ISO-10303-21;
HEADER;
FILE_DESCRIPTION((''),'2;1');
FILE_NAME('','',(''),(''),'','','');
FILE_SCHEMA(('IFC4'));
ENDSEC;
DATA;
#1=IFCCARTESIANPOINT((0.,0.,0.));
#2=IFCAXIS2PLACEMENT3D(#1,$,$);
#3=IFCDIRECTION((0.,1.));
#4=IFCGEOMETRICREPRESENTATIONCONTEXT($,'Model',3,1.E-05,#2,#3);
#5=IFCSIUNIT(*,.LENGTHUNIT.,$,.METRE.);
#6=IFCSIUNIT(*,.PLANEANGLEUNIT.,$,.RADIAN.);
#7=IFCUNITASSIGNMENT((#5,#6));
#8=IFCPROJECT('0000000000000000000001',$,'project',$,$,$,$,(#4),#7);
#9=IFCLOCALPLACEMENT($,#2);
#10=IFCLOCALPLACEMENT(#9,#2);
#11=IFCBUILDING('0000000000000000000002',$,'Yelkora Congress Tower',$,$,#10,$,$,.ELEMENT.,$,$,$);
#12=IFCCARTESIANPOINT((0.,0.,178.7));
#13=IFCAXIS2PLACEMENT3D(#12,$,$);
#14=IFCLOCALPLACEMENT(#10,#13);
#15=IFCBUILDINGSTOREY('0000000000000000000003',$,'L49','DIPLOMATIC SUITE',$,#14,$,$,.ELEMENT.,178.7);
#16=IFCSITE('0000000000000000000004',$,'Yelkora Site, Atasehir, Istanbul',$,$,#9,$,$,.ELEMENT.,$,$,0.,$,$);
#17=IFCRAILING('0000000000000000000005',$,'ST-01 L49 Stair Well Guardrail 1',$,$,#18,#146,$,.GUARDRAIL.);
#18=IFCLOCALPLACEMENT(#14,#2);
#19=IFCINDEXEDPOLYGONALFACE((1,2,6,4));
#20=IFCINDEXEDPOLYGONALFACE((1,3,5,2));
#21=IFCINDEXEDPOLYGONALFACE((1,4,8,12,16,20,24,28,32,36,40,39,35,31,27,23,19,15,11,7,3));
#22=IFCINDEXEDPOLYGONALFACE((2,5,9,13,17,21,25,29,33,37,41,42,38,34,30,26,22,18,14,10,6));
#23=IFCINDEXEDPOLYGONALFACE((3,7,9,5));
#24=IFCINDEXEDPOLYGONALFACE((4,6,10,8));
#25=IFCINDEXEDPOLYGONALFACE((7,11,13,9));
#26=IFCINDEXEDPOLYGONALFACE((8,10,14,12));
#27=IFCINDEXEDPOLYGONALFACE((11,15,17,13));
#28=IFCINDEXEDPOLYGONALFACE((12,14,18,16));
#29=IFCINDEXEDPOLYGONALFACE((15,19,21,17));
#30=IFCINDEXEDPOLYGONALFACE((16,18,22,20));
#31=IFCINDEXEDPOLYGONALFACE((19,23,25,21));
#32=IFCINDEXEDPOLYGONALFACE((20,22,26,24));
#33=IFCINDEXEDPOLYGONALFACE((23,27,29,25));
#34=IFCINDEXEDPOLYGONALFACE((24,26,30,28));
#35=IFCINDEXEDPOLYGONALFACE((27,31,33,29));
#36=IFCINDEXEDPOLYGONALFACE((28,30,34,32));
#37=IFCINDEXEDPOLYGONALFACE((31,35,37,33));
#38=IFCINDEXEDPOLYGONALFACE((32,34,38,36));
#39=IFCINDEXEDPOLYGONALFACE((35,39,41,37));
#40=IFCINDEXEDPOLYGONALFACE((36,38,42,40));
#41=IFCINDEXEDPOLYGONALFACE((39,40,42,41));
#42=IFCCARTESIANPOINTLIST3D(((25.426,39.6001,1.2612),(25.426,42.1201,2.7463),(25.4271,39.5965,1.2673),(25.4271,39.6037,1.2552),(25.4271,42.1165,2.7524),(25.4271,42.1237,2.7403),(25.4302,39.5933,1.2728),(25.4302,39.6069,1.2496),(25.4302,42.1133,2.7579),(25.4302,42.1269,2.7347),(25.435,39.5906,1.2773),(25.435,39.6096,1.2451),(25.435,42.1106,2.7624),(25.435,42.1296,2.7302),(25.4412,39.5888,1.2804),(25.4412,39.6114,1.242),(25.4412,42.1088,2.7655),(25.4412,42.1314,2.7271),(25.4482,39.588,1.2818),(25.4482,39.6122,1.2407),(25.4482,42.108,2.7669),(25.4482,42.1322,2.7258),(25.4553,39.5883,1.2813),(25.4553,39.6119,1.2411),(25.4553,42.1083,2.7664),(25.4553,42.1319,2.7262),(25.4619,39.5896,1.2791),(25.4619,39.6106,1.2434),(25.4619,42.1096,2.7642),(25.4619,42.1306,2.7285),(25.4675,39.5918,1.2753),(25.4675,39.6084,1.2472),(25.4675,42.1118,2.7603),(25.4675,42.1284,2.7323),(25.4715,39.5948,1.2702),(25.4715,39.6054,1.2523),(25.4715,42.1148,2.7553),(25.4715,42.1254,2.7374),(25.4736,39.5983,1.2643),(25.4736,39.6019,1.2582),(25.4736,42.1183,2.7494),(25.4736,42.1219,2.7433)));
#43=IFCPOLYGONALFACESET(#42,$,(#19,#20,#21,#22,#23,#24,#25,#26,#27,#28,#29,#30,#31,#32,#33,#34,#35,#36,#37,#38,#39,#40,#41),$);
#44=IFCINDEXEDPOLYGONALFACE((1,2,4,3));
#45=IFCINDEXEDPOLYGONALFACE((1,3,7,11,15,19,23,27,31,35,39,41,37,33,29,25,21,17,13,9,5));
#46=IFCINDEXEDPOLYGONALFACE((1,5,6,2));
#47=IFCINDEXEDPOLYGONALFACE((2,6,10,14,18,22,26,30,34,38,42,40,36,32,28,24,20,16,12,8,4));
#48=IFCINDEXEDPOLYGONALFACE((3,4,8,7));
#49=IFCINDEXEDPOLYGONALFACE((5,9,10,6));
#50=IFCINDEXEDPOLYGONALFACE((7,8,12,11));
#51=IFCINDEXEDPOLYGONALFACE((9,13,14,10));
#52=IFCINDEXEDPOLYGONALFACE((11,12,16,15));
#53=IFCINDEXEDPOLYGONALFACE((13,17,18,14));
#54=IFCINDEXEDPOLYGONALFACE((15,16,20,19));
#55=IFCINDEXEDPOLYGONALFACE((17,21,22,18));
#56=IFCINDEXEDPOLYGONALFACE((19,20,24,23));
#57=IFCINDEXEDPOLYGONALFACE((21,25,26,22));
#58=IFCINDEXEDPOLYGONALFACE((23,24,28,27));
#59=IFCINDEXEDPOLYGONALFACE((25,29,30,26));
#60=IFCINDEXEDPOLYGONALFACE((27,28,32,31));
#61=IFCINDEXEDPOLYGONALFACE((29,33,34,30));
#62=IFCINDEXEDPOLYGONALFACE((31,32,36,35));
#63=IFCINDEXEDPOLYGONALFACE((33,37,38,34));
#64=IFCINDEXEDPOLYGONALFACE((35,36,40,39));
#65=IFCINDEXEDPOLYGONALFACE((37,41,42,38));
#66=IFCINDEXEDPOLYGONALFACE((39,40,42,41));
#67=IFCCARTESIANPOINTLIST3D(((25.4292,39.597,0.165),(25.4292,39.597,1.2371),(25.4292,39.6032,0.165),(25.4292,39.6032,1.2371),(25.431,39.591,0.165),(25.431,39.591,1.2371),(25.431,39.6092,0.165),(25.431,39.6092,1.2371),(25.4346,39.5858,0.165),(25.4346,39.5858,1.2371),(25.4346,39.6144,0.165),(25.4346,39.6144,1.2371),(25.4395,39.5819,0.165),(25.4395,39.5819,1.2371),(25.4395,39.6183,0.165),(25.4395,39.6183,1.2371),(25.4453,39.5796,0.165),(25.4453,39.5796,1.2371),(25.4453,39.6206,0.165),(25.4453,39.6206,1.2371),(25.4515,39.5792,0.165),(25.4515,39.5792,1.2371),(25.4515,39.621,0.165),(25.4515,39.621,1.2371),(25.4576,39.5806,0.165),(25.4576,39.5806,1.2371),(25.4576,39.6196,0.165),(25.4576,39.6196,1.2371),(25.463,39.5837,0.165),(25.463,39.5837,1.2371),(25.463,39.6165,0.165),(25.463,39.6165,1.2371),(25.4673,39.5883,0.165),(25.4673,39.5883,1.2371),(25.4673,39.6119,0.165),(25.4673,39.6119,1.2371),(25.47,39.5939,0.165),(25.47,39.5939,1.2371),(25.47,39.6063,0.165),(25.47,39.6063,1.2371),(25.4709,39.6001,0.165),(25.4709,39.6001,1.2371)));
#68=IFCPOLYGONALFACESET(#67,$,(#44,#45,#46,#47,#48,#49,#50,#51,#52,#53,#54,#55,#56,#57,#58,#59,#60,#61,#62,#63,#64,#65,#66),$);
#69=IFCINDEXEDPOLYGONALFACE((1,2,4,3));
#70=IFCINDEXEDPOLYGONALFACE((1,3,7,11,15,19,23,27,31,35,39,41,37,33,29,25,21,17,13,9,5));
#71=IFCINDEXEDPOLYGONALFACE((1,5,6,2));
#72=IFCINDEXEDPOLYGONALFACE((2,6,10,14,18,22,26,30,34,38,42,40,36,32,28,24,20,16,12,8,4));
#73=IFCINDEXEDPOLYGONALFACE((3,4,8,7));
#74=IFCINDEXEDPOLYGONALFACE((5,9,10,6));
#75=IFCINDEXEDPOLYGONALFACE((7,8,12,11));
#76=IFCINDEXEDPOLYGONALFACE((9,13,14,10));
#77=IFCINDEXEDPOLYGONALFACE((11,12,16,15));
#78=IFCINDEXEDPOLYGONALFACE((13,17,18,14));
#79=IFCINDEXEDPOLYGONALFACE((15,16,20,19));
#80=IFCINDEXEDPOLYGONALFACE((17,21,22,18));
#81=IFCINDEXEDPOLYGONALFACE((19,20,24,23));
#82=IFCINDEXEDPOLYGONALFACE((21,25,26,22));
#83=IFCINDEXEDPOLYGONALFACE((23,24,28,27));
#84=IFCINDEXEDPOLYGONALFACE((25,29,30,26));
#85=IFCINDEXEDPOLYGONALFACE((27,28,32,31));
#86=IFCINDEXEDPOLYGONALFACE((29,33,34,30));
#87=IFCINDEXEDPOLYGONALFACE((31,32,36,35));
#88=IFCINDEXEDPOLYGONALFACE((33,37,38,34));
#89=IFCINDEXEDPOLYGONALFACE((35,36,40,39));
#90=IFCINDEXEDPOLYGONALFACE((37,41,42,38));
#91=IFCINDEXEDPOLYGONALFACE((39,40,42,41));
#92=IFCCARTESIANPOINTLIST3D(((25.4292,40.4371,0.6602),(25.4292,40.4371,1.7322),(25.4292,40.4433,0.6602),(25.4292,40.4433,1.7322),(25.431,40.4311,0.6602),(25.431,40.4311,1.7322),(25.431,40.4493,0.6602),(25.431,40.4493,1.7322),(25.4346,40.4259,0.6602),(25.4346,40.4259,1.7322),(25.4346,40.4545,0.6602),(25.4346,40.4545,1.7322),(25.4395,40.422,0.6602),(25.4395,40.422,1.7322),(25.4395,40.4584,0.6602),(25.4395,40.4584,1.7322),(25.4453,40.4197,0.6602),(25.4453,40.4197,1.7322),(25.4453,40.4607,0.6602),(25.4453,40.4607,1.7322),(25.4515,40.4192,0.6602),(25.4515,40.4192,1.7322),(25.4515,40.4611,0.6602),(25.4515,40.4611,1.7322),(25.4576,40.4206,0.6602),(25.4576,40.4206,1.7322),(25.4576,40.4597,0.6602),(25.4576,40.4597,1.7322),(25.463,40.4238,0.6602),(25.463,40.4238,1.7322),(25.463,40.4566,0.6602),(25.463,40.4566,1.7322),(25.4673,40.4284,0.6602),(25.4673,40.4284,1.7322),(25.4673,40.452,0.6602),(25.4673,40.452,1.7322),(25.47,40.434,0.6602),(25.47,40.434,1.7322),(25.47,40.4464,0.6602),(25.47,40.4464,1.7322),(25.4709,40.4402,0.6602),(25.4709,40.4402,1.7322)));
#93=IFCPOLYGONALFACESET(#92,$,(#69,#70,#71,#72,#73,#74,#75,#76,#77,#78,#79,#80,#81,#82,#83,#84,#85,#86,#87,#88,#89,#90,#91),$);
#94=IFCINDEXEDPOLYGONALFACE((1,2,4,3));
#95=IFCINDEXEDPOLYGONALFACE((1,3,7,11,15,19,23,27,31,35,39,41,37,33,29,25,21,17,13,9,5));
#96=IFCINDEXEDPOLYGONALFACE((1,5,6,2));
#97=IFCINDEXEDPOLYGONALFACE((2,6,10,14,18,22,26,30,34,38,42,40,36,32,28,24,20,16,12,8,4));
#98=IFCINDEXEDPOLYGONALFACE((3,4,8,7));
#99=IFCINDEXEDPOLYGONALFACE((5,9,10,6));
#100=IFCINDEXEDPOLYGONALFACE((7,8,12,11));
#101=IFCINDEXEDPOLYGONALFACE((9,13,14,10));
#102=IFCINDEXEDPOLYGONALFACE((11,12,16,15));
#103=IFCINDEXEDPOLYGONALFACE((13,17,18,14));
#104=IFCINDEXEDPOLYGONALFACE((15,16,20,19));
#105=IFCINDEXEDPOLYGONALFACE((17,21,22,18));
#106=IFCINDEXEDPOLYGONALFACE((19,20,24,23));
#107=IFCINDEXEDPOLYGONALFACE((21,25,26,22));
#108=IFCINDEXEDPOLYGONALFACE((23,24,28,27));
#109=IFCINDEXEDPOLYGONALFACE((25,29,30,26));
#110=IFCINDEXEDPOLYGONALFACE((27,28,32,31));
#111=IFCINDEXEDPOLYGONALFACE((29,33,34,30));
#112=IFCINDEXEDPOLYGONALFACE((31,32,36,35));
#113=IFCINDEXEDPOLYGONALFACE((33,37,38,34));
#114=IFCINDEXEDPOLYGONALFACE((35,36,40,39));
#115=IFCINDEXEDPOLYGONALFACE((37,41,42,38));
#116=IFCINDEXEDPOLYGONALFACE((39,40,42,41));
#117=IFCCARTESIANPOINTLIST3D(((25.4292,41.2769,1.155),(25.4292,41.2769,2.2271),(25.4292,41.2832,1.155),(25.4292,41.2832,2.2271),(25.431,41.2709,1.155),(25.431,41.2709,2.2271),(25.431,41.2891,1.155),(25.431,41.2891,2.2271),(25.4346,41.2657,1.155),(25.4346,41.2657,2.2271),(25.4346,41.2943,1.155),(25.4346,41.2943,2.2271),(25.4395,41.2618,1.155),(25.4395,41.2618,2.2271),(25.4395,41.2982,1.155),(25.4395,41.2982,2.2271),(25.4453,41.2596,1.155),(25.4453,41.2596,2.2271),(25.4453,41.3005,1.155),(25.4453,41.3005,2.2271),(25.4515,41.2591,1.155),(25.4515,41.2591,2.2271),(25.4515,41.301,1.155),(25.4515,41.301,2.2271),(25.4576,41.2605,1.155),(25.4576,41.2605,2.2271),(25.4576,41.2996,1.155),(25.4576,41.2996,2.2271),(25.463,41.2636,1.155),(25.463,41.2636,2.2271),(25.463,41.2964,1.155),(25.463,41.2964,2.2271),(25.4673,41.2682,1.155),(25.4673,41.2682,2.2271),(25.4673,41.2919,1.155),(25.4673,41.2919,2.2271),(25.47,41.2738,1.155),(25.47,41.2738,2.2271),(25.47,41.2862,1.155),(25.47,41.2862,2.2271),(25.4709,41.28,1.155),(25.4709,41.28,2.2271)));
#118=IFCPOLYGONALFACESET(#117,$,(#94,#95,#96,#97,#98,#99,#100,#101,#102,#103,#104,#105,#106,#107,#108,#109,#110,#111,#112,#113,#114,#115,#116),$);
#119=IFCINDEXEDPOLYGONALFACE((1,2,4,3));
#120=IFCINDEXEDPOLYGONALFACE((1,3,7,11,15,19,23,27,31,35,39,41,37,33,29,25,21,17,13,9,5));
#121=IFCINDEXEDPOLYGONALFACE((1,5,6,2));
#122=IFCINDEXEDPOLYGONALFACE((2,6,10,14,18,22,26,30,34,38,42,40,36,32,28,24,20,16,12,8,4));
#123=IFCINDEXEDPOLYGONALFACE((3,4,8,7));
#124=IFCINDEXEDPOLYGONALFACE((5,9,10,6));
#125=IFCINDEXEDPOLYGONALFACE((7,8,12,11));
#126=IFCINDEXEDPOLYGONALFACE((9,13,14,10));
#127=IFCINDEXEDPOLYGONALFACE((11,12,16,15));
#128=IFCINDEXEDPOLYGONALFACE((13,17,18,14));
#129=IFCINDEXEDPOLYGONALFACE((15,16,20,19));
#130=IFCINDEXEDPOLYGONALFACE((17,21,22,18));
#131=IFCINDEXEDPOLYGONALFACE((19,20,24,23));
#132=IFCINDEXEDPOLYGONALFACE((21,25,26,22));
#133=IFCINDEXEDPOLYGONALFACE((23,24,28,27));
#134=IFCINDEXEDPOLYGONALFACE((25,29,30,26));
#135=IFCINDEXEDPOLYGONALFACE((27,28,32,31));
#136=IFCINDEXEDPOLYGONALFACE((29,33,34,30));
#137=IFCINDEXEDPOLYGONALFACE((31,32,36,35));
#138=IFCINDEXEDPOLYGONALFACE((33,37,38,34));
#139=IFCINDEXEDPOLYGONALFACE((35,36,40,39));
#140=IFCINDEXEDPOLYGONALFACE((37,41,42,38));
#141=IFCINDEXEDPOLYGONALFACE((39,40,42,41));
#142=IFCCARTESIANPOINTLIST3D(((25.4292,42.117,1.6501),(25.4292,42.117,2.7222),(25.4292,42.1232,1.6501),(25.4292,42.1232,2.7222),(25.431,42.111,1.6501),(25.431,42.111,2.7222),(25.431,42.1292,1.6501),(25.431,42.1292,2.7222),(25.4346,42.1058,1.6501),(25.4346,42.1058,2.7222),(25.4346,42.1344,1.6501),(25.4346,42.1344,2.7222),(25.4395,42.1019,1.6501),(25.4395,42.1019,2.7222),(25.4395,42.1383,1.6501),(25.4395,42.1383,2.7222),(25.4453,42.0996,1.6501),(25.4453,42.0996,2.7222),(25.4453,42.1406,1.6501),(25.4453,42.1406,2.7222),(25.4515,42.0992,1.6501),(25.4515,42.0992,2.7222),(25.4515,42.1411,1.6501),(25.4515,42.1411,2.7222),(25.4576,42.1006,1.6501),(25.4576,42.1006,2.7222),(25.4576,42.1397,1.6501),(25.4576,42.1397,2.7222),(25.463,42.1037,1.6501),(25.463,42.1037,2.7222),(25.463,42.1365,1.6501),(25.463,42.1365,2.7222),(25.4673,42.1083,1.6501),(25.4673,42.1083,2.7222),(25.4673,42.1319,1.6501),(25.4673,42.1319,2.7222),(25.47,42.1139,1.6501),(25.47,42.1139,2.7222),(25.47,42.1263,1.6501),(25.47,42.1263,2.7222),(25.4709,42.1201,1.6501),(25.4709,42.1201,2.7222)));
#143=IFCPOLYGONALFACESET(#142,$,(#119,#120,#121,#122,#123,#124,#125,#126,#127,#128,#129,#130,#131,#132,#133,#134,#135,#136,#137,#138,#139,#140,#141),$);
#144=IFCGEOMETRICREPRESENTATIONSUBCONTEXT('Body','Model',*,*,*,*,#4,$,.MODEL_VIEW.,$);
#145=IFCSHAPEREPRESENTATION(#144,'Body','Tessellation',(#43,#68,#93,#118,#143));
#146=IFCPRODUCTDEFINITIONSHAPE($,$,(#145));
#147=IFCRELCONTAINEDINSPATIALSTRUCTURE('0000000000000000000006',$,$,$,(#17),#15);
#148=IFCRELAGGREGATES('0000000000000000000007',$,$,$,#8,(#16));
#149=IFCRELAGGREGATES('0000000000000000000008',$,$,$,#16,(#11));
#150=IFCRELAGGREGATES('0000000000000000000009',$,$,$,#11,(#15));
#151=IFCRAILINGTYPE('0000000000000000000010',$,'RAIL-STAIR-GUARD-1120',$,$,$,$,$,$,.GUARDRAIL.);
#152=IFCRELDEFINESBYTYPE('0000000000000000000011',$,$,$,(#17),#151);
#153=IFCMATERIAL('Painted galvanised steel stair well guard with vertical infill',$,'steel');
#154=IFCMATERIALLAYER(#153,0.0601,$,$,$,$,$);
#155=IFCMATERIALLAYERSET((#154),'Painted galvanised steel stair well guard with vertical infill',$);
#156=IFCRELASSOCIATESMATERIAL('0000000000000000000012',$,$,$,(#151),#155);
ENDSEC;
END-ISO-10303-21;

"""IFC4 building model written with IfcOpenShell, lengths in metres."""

from ifc_helpers import new_model, si_unit, direction, frame, origin, origin_2d, place, context, subcontext, project, spatial, circle, extrude, material, layer, layer_set, type_object, element, save


model = new_model("IFC4")

# Units and contexts
model_context = context("Model", 3, precision=1e-05, world=origin(), true_north=direction((0.0, 1.0)))
body_context = subcontext(model_context, "Body", "Model", "MODEL_VIEW")
ifc_project = project(units=[si_unit("LENGTHUNIT", "METRE"), si_unit("PLANEANGLEUNIT", "RADIAN")], contexts=[model_context])

# Site, building, storey
site_placement = place(None, origin())
site = spatial("IfcSite", under=ifc_project, at=site_placement, Name="Yelkora Site, Atasehir, Istanbul", CompositionType="ELEMENT", RefElevation=0.0)
building_placement = place(site_placement, origin())
building = spatial("IfcBuilding", under=site, at=building_placement, Name="Yelkora Congress Tower", CompositionType="ELEMENT")
storey_placement = place(building_placement, frame((0.0, 0.0, 178.7)))
storey = spatial("IfcBuildingStorey", under=building, at=storey_placement, Name="L49", Description="DIPLOMATIC SUITE", CompositionType="ELEMENT", Elevation=178.7)

# Railing
ifc_material_1 = material(Name="Painted galvanised steel stair well guard with vertical infill", Category="steel")
ifc_layer_1 = layer(ifc_material_1, 0.0601)
ifc_layer_set_1 = layer_set([ifc_layer_1], Name="Painted galvanised steel stair well guard with vertical infill")
railing_type_1 = type_object("IfcRailingType", Name="RAIL-STAIR-GUARD-1120", PredefinedType="GUARDRAIL", material=ifc_layer_set_1)
railing_1_placement = place(storey_placement, frame((25.45, 39.6001, 0.165)))
element("IfcRailing", 1, at=railing_1_placement, inside=storey, type_object=railing_type_1, Name="ST-01 L49 Stair Well Guardrail 1", PredefinedType="GUARDRAIL", context=body_context, shape_type="SweptSolid", body=[
    extrude(circle(Radius=0.0239, at=origin_2d()), frame((0.0, 0.0, 1.0962), z_axis=(0.0, 0.861524, 0.507717), x_axis=(-1.0, 0.0, 0.0)), (0.0, 0.0, 1.0), 2.925),
    extrude(circle(Radius=0.021, at=origin_2d()), origin(), (0.0, 0.0, 1.0), 1.072),
    extrude(circle(Radius=0.021, at=origin_2d()), frame((0.0, 0.8401, 0.4951)), (0.0, 0.0, 1.0), 1.072),
    extrude(circle(Radius=0.021, at=origin_2d()), frame((0.0, 1.6799, 0.99)), (0.0, 0.0, 1.0), 1.072),
    extrude(circle(Radius=0.021, at=origin_2d()), frame((0.0, 2.52, 1.4851)), (0.0, 0.0, 1.0), 1.072),
])

save(model, "model.ifc")
